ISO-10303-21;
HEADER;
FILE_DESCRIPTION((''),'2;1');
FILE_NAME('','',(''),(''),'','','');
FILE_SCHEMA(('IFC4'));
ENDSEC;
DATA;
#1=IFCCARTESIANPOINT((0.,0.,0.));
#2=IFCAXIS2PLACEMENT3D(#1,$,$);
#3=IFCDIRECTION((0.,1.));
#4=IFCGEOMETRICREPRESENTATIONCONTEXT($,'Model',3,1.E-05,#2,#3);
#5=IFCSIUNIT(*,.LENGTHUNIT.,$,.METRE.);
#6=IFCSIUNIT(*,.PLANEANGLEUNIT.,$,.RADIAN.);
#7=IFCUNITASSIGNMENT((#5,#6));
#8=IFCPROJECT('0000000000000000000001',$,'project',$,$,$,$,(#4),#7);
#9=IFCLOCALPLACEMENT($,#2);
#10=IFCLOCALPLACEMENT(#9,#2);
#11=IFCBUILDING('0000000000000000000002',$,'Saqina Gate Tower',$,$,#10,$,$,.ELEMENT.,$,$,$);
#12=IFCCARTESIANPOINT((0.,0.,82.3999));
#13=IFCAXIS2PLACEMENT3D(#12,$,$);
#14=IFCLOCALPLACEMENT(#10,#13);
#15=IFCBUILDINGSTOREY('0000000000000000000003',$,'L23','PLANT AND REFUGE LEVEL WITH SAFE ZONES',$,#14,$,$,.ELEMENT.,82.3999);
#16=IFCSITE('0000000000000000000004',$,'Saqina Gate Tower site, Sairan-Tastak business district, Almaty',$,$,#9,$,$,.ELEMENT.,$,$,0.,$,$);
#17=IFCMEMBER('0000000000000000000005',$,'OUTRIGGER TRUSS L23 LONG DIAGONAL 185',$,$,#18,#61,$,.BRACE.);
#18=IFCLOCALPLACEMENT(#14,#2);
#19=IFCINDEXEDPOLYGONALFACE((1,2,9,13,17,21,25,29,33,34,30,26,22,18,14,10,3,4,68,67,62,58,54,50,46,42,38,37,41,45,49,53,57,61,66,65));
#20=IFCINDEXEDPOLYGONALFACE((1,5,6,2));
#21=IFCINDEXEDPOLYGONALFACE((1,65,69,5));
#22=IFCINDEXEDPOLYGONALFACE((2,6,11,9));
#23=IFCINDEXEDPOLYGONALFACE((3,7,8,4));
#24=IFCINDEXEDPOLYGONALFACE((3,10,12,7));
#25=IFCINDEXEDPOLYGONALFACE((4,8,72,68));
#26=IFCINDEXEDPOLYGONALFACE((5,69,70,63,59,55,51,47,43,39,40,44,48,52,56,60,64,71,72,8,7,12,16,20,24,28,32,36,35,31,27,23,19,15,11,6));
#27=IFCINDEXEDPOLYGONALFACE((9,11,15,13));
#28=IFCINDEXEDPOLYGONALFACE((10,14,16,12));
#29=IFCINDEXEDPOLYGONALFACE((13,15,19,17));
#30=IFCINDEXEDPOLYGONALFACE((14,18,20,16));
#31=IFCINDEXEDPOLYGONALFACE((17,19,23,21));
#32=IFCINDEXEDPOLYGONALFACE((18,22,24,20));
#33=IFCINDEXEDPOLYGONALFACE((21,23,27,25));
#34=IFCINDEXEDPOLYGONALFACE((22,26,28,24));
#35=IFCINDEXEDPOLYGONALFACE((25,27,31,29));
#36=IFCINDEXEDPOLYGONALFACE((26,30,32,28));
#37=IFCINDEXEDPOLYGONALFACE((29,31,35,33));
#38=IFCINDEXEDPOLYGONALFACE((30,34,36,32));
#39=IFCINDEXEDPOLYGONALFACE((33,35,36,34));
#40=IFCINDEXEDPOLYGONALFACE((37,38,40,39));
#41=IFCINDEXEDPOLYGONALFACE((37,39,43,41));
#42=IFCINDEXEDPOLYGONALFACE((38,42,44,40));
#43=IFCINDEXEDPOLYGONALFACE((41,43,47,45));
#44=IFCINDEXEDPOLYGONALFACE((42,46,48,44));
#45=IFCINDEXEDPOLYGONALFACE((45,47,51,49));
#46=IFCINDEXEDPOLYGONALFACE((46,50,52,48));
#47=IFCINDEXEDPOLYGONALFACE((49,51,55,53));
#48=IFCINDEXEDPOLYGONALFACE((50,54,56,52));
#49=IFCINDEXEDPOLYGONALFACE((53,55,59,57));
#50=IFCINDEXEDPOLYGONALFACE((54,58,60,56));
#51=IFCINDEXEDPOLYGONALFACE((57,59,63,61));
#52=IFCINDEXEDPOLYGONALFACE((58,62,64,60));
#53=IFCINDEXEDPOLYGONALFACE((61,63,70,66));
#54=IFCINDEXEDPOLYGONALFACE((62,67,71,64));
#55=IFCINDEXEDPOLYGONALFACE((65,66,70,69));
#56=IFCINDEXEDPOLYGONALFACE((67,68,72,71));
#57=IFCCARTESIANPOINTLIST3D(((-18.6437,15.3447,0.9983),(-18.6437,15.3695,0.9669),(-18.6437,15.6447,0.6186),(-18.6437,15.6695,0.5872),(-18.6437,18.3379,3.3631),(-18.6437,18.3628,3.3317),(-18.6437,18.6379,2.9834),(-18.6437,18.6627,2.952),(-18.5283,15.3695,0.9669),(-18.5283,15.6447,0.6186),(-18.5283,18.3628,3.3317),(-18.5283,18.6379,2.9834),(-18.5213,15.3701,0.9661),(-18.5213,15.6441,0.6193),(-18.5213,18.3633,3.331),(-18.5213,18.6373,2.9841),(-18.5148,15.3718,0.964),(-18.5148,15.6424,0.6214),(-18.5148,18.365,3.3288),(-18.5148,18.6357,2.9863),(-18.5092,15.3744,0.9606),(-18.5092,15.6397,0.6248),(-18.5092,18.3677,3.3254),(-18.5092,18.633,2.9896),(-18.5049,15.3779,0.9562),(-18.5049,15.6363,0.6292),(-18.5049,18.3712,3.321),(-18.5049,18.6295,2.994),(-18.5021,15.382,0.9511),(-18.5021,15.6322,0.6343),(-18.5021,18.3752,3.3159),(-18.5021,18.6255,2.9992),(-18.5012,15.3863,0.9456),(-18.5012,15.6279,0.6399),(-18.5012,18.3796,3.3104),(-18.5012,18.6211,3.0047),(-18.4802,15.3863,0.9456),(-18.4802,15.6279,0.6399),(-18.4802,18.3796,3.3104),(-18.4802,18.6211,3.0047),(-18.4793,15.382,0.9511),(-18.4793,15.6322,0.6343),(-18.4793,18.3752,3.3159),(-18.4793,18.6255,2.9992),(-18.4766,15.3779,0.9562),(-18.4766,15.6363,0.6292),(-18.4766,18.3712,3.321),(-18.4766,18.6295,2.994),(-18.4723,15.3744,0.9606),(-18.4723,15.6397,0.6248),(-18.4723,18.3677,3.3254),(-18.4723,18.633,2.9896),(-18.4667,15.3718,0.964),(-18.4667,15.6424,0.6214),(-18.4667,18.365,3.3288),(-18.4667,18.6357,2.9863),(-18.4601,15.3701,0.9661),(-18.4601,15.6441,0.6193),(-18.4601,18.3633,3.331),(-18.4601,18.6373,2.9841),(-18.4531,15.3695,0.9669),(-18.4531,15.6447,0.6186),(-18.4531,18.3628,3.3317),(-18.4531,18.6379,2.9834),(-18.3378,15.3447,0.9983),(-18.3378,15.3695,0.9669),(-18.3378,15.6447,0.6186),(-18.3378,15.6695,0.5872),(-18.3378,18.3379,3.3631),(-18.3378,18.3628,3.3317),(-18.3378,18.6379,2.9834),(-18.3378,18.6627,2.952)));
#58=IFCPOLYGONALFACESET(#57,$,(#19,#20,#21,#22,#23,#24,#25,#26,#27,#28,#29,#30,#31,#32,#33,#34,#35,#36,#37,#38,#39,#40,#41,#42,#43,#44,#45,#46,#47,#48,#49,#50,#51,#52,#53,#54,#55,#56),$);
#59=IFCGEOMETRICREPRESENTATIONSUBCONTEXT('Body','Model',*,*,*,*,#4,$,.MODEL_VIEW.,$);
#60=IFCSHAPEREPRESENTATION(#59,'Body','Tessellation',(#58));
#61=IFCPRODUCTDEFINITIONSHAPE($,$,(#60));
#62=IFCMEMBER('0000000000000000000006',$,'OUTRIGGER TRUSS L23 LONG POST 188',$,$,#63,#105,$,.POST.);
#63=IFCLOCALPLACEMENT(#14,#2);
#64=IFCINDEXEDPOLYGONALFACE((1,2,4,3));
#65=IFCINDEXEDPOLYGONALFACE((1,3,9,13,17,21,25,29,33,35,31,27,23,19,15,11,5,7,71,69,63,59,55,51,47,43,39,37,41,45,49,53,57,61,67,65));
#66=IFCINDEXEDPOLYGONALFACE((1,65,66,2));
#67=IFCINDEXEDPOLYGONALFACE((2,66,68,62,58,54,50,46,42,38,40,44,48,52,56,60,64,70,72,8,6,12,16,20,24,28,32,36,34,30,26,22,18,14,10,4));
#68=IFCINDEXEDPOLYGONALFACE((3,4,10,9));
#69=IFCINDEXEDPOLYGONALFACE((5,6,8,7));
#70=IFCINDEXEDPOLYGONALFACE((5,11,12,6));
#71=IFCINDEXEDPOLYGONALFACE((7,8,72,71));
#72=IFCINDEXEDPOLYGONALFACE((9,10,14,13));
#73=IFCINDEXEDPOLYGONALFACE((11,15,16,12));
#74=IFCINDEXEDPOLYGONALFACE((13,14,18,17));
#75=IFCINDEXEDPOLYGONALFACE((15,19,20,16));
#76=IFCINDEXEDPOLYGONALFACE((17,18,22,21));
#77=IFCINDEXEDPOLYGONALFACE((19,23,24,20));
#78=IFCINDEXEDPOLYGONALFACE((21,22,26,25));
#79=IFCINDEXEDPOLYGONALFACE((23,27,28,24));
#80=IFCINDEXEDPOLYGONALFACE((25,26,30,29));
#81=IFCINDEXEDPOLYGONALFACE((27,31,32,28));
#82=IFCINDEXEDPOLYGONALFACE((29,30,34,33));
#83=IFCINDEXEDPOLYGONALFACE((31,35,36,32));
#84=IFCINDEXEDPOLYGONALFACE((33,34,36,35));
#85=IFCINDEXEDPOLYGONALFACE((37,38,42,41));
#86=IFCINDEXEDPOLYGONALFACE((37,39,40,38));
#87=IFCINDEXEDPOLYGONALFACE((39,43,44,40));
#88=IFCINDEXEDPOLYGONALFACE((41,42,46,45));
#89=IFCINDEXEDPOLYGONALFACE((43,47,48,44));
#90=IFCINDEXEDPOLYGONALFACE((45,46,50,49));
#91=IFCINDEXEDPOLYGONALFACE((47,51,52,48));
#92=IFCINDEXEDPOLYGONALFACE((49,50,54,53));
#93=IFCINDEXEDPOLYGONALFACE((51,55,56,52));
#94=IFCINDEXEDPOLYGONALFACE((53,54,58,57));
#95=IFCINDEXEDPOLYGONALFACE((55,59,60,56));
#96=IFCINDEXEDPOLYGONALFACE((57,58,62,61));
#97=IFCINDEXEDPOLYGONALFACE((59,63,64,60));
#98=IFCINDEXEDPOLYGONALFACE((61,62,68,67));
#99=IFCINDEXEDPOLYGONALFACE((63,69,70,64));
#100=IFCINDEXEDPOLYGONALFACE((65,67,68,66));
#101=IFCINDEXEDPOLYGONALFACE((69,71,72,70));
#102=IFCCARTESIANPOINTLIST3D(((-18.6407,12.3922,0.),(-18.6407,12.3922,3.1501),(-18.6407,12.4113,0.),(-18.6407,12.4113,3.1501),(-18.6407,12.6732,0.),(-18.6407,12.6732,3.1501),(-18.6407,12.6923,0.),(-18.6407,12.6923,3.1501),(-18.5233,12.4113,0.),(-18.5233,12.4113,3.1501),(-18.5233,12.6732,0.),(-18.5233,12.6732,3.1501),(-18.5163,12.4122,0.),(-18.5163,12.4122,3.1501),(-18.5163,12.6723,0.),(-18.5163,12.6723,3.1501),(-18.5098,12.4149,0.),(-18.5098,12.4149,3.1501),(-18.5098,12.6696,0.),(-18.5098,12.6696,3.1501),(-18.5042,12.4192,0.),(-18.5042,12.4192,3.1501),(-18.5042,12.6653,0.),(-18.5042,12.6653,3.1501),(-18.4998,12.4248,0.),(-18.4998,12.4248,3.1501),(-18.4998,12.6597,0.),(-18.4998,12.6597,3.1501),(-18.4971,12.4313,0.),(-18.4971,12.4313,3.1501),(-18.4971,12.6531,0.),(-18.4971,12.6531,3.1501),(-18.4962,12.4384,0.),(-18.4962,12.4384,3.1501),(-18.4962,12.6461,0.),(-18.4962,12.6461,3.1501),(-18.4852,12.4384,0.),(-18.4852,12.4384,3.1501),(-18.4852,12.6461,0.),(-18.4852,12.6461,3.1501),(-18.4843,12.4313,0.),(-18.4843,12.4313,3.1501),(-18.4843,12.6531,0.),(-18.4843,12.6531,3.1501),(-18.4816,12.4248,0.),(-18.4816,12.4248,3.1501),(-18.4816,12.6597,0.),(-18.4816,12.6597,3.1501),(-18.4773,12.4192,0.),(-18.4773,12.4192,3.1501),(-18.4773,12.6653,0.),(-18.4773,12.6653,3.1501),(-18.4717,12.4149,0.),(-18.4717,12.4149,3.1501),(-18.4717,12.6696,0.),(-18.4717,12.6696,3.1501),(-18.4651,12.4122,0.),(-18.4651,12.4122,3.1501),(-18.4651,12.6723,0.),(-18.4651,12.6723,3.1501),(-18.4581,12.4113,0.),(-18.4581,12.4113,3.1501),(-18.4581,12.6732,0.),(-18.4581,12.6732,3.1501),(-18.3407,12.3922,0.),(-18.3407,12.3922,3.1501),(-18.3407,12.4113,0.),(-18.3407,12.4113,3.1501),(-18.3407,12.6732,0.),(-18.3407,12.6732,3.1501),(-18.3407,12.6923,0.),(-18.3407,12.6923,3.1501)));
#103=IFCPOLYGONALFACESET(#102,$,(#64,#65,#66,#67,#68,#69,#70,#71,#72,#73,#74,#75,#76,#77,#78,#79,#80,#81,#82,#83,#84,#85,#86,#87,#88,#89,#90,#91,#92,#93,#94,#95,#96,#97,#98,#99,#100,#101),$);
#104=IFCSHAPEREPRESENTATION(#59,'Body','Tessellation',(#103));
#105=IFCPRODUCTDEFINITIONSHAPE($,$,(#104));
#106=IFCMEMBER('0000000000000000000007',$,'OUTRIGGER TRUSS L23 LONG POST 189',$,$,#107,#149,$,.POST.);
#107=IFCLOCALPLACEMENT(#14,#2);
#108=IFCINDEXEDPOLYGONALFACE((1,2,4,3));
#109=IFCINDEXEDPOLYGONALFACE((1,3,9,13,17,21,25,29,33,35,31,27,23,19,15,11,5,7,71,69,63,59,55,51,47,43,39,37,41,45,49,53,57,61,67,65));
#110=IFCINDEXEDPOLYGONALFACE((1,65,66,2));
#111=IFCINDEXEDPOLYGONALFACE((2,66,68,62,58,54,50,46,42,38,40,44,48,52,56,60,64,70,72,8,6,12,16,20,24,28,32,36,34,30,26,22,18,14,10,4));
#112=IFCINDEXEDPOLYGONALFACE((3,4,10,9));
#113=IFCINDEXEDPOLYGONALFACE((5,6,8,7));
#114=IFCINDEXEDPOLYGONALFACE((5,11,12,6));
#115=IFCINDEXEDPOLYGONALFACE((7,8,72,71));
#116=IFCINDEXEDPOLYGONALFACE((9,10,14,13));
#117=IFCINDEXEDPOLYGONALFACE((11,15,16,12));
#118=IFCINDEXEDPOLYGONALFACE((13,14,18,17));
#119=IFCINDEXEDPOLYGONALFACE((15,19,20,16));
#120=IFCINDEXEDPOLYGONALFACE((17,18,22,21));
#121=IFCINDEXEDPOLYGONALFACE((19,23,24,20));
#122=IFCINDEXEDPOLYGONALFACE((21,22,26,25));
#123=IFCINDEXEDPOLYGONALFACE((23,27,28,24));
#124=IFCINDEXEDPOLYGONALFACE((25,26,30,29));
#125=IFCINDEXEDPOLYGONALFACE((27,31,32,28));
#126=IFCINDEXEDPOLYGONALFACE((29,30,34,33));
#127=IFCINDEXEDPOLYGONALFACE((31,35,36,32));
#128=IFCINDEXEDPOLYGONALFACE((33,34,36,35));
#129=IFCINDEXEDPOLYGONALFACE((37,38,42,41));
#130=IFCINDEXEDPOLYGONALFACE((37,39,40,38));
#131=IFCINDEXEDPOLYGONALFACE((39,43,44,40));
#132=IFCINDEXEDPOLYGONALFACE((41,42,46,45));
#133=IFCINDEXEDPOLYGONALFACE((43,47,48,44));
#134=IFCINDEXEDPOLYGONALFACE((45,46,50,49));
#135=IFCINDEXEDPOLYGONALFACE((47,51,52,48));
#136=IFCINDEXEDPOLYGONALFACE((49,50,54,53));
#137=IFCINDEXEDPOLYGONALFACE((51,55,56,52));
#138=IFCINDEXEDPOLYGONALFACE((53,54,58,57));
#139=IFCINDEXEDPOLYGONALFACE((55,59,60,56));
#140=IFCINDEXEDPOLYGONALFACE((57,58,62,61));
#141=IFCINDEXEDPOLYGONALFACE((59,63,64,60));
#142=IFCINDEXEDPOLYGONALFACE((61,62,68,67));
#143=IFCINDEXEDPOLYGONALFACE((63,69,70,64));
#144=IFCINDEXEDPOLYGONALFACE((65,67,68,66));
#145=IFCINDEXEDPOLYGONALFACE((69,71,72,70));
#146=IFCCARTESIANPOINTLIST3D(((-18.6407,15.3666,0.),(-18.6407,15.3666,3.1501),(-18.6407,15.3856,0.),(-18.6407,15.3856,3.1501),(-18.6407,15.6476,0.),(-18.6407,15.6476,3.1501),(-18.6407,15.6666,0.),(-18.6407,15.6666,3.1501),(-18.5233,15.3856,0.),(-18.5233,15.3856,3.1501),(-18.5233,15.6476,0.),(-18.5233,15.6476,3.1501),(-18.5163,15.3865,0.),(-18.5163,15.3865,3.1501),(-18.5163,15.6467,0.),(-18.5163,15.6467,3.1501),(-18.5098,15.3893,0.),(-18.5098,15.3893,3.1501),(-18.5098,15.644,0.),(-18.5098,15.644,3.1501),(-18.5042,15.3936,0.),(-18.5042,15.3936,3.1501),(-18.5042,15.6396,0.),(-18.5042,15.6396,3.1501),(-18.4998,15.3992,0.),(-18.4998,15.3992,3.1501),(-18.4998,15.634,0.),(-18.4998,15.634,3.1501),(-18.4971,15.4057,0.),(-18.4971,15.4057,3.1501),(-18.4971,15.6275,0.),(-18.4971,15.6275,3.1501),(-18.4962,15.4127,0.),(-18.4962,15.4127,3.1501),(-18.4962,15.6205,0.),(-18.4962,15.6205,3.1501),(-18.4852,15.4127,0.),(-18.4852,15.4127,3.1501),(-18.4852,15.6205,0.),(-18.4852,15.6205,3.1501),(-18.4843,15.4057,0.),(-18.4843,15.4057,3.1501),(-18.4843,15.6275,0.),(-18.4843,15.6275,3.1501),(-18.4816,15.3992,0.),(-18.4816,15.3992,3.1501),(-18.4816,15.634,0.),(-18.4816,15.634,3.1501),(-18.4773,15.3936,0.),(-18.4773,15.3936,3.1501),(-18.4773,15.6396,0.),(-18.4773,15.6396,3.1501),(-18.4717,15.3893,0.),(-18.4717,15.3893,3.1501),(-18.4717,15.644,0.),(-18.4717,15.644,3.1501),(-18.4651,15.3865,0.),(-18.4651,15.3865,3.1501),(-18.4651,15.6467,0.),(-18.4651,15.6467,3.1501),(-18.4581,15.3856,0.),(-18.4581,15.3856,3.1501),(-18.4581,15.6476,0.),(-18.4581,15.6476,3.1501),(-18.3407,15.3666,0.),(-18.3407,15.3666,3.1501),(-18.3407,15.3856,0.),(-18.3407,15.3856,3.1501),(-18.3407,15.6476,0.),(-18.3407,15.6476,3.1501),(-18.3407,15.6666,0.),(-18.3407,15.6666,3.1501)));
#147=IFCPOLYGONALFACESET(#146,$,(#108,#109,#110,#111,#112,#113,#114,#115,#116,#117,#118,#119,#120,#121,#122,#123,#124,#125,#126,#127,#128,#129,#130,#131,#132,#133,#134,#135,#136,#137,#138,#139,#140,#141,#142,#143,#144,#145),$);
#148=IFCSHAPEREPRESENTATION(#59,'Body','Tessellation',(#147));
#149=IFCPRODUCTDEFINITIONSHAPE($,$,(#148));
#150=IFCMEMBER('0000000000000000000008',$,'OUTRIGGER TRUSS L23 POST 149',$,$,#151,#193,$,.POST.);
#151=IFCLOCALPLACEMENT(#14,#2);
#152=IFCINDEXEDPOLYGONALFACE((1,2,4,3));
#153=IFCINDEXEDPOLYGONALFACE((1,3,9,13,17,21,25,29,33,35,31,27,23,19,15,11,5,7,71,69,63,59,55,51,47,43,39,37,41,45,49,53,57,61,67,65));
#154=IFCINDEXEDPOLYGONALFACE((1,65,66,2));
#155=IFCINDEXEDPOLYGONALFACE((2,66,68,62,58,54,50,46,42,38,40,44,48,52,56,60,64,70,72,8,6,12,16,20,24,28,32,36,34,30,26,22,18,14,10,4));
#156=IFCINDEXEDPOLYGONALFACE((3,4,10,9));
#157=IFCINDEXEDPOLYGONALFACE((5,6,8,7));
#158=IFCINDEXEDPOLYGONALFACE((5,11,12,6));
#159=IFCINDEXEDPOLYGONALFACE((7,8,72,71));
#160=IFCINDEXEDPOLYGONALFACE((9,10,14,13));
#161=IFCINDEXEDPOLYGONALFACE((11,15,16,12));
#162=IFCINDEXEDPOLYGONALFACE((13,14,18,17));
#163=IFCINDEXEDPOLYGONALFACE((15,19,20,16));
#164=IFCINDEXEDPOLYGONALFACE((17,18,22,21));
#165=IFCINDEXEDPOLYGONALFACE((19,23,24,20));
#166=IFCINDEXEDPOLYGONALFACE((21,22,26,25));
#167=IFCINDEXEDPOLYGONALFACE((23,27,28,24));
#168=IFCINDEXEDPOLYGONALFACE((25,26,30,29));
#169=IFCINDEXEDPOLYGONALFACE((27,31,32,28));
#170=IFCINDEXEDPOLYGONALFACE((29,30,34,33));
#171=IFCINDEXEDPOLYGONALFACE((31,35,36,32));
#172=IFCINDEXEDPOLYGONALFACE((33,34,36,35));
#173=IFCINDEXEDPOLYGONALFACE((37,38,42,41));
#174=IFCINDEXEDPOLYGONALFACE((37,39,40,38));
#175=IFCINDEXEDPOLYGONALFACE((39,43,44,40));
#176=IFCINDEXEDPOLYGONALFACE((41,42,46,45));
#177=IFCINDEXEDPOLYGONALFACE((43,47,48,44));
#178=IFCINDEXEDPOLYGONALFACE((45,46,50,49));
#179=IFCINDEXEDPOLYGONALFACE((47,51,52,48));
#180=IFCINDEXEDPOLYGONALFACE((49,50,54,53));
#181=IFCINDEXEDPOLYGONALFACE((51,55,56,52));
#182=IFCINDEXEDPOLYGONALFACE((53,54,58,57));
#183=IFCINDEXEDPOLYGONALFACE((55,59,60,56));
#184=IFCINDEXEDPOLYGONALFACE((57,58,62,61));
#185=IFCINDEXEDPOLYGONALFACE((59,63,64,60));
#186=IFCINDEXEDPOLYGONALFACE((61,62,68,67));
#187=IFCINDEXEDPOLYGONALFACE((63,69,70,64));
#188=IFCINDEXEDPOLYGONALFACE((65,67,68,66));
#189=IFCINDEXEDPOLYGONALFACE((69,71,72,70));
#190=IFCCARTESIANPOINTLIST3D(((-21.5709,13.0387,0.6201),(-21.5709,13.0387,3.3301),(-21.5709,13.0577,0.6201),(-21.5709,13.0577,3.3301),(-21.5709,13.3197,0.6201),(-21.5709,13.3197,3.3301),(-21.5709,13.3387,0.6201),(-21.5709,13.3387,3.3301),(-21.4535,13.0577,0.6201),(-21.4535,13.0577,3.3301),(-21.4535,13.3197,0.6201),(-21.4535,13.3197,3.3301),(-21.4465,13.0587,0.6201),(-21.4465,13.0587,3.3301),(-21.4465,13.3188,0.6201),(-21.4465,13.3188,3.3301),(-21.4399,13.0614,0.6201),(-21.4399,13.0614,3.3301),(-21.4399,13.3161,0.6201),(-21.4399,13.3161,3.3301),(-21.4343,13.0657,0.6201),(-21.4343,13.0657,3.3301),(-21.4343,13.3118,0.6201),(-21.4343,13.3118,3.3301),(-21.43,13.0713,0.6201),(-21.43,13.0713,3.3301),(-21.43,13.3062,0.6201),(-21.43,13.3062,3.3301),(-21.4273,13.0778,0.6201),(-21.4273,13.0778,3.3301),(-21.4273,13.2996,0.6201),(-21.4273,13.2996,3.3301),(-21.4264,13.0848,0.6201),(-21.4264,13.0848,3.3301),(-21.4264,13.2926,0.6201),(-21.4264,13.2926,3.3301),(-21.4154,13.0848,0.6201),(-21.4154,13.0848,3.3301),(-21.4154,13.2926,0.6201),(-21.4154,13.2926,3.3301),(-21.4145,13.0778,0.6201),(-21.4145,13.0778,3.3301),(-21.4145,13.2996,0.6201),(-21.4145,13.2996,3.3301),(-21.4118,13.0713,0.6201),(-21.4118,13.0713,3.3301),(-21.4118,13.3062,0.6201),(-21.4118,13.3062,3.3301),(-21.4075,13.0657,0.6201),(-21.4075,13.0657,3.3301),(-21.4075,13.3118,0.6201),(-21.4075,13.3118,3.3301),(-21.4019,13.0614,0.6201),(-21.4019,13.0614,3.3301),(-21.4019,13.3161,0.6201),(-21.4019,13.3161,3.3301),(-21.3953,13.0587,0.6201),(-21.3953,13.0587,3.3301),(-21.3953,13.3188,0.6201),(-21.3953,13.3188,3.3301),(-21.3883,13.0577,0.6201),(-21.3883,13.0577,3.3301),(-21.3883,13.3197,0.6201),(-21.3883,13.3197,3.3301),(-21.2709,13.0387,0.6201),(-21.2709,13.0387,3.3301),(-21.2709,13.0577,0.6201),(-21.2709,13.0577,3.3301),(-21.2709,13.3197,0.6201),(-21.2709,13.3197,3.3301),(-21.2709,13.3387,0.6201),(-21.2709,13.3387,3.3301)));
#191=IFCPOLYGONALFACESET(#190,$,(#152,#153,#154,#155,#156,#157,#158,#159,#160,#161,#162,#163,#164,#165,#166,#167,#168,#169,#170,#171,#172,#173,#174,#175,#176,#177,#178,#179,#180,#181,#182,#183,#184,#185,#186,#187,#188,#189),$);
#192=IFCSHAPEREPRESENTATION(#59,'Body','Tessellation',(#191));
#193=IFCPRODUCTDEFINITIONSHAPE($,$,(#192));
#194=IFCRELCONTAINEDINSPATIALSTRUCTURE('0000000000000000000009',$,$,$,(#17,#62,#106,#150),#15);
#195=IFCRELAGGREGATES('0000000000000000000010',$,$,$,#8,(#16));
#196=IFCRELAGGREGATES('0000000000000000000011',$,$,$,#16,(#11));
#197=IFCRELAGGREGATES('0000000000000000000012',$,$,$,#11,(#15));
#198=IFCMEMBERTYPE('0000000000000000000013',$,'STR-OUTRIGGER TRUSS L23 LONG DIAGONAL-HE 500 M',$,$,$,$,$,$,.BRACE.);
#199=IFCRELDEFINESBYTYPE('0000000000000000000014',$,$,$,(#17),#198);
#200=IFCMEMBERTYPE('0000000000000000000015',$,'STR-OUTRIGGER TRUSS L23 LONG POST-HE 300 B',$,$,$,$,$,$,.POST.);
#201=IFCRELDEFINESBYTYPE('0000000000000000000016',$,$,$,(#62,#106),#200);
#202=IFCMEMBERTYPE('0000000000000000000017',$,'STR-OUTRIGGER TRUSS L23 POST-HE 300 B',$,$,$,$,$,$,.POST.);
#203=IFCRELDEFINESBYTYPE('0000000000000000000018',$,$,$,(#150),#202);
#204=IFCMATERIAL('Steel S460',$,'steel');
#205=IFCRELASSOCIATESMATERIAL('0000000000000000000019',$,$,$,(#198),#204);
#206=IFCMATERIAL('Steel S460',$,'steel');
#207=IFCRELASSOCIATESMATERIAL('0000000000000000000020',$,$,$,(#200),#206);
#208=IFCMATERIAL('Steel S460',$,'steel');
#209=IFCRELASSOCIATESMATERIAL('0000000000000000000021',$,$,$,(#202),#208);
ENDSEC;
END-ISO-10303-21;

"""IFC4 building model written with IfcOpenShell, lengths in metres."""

from ifc_helpers import new_model, si_unit, direction, frame, origin, origin_2d, place, context, subcontext, project, spatial, i_section, extrude, material, material_profile, profile_set, type_object, element, save


model = new_model("IFC4")

# Units and contexts
model_context = context("Model", 3, precision=1e-05, world=origin(), true_north=direction((0.0, 1.0)))
body_context = subcontext(model_context, "Body", "Model", "MODEL_VIEW")
ifc_project = project(units=[si_unit("LENGTHUNIT", "METRE"), si_unit("PLANEANGLEUNIT", "RADIAN")], contexts=[model_context])

# Site, building, storey
site_placement = place(None, origin())
site = spatial("IfcSite", under=ifc_project, at=site_placement, Name="Saqina Gate Tower site, Sairan-Tastak business district, Almaty", CompositionType="ELEMENT", RefElevation=0.0)
building_placement = place(site_placement, origin())
building = spatial("IfcBuilding", under=site, at=building_placement, Name="Saqina Gate Tower", CompositionType="ELEMENT")
storey_placement = place(building_placement, frame((0.0, 0.0, 82.3999)))
storey = spatial("IfcBuildingStorey", under=building, at=storey_placement, Name="L23", Description="PLANT AND REFUGE LEVEL WITH SAFE ZONES", CompositionType="ELEMENT", Elevation=82.3999)

# Members
ifc_material_1 = material(Name="Steel S460", Category="steel")
ifc_material_profile_1 = material_profile(ifc_material_1, i_section(OverallWidth=0.3059, OverallDepth=0.5239, WebThickness=0.021, FlangeThickness=0.04, FilletRadius=0.0271, at=origin_2d()), Name="HE 500 M")
ifc_profile_set_1 = profile_set([ifc_material_profile_1], Name="Steel S460")
member_type_1 = type_object("IfcMemberType", Name="STR-OUTRIGGER TRUSS L23 LONG DIAGONAL-HE 500 M", PredefinedType="BRACE", material=ifc_profile_set_1)
member_1_placement = place(storey_placement, frame((-18.4907, 15.5071, 0.7927), z_axis=(0.0, 0.784663, 0.619922), x_axis=(-1.0, 0.0, 0.0)))
element("IfcMember", 1, at=member_1_placement, inside=storey, type_object=member_type_1, Name="OUTRIGGER TRUSS L23 LONG DIAGONAL 185", PredefinedType="BRACE", context=body_context, shape_type="SweptSolid", body=[
    extrude(i_section(OverallWidth=0.3059, OverallDepth=0.5239, WebThickness=0.021, FlangeThickness=0.04, FilletRadius=0.0271, at=origin_2d()), origin(), (0.0, 0.0, 1.0), 3.8147),
])
ifc_material_2 = material(Name="Steel S460", Category="steel")
ifc_material_profile_2 = material_profile(ifc_material_2, i_section(OverallWidth=0.3, OverallDepth=0.3, WebThickness=0.011, FlangeThickness=0.019, FilletRadius=0.0271, at=origin_2d()), Name="HE 300 B")
ifc_profile_set_2 = profile_set([ifc_material_profile_2], Name="Steel S460")
member_type_2 = type_object("IfcMemberType", Name="STR-OUTRIGGER TRUSS L23 LONG POST-HE 300 B", PredefinedType="POST", material=ifc_profile_set_2)
for number, where, z_axis, x_axis, name in (
    (2, (-18.4907, 12.5422, 0.0), (0.0, 0.0, 1.0), (1.0, 0.0, 0.0), "OUTRIGGER TRUSS L23 LONG POST 188"),
    (3, (-18.4907, 15.5166, 0.0), (0.0, 0.0, 1.0), (1.0, 0.0, 0.0), "OUTRIGGER TRUSS L23 LONG POST 189"),
):
    element("IfcMember", number, at=place(storey_placement, frame(where, z_axis=z_axis, x_axis=x_axis)), inside=storey, type_object=member_type_2, Name=name, PredefinedType="POST", context=body_context, shape_type="SweptSolid", body=[
        extrude(i_section(OverallWidth=0.3, OverallDepth=0.3, WebThickness=0.011, FlangeThickness=0.019, FilletRadius=0.0271, at=origin_2d()), origin(), (0.0, 0.0, 1.0), 3.1501),
    ])
ifc_material_3 = material(Name="Steel S460", Category="steel")
ifc_material_profile_3 = material_profile(ifc_material_3, i_section(OverallWidth=0.3, OverallDepth=0.3, WebThickness=0.011, FlangeThickness=0.019, FilletRadius=0.0271, at=origin_2d()), Name="HE 300 B")
ifc_profile_set_3 = profile_set([ifc_material_profile_3], Name="Steel S460")
member_type_3 = type_object("IfcMemberType", Name="STR-OUTRIGGER TRUSS L23 POST-HE 300 B", PredefinedType="POST", material=ifc_profile_set_3)
member_2_placement = place(storey_placement, frame((-21.4209, 13.1887, 0.6201), z_axis=(0.0, 0.0, 1.0), x_axis=(1.0, 0.0, 0.0)))
element("IfcMember", 4, at=member_2_placement, inside=storey, type_object=member_type_3, Name="OUTRIGGER TRUSS L23 POST 149", PredefinedType="POST", context=body_context, shape_type="SweptSolid", body=[
    extrude(i_section(OverallWidth=0.3, OverallDepth=0.3, WebThickness=0.011, FlangeThickness=0.019, FilletRadius=0.0271, at=origin_2d()), origin(), (0.0, 0.0, 1.0), 2.71),
])

save(model, "model.ifc")
